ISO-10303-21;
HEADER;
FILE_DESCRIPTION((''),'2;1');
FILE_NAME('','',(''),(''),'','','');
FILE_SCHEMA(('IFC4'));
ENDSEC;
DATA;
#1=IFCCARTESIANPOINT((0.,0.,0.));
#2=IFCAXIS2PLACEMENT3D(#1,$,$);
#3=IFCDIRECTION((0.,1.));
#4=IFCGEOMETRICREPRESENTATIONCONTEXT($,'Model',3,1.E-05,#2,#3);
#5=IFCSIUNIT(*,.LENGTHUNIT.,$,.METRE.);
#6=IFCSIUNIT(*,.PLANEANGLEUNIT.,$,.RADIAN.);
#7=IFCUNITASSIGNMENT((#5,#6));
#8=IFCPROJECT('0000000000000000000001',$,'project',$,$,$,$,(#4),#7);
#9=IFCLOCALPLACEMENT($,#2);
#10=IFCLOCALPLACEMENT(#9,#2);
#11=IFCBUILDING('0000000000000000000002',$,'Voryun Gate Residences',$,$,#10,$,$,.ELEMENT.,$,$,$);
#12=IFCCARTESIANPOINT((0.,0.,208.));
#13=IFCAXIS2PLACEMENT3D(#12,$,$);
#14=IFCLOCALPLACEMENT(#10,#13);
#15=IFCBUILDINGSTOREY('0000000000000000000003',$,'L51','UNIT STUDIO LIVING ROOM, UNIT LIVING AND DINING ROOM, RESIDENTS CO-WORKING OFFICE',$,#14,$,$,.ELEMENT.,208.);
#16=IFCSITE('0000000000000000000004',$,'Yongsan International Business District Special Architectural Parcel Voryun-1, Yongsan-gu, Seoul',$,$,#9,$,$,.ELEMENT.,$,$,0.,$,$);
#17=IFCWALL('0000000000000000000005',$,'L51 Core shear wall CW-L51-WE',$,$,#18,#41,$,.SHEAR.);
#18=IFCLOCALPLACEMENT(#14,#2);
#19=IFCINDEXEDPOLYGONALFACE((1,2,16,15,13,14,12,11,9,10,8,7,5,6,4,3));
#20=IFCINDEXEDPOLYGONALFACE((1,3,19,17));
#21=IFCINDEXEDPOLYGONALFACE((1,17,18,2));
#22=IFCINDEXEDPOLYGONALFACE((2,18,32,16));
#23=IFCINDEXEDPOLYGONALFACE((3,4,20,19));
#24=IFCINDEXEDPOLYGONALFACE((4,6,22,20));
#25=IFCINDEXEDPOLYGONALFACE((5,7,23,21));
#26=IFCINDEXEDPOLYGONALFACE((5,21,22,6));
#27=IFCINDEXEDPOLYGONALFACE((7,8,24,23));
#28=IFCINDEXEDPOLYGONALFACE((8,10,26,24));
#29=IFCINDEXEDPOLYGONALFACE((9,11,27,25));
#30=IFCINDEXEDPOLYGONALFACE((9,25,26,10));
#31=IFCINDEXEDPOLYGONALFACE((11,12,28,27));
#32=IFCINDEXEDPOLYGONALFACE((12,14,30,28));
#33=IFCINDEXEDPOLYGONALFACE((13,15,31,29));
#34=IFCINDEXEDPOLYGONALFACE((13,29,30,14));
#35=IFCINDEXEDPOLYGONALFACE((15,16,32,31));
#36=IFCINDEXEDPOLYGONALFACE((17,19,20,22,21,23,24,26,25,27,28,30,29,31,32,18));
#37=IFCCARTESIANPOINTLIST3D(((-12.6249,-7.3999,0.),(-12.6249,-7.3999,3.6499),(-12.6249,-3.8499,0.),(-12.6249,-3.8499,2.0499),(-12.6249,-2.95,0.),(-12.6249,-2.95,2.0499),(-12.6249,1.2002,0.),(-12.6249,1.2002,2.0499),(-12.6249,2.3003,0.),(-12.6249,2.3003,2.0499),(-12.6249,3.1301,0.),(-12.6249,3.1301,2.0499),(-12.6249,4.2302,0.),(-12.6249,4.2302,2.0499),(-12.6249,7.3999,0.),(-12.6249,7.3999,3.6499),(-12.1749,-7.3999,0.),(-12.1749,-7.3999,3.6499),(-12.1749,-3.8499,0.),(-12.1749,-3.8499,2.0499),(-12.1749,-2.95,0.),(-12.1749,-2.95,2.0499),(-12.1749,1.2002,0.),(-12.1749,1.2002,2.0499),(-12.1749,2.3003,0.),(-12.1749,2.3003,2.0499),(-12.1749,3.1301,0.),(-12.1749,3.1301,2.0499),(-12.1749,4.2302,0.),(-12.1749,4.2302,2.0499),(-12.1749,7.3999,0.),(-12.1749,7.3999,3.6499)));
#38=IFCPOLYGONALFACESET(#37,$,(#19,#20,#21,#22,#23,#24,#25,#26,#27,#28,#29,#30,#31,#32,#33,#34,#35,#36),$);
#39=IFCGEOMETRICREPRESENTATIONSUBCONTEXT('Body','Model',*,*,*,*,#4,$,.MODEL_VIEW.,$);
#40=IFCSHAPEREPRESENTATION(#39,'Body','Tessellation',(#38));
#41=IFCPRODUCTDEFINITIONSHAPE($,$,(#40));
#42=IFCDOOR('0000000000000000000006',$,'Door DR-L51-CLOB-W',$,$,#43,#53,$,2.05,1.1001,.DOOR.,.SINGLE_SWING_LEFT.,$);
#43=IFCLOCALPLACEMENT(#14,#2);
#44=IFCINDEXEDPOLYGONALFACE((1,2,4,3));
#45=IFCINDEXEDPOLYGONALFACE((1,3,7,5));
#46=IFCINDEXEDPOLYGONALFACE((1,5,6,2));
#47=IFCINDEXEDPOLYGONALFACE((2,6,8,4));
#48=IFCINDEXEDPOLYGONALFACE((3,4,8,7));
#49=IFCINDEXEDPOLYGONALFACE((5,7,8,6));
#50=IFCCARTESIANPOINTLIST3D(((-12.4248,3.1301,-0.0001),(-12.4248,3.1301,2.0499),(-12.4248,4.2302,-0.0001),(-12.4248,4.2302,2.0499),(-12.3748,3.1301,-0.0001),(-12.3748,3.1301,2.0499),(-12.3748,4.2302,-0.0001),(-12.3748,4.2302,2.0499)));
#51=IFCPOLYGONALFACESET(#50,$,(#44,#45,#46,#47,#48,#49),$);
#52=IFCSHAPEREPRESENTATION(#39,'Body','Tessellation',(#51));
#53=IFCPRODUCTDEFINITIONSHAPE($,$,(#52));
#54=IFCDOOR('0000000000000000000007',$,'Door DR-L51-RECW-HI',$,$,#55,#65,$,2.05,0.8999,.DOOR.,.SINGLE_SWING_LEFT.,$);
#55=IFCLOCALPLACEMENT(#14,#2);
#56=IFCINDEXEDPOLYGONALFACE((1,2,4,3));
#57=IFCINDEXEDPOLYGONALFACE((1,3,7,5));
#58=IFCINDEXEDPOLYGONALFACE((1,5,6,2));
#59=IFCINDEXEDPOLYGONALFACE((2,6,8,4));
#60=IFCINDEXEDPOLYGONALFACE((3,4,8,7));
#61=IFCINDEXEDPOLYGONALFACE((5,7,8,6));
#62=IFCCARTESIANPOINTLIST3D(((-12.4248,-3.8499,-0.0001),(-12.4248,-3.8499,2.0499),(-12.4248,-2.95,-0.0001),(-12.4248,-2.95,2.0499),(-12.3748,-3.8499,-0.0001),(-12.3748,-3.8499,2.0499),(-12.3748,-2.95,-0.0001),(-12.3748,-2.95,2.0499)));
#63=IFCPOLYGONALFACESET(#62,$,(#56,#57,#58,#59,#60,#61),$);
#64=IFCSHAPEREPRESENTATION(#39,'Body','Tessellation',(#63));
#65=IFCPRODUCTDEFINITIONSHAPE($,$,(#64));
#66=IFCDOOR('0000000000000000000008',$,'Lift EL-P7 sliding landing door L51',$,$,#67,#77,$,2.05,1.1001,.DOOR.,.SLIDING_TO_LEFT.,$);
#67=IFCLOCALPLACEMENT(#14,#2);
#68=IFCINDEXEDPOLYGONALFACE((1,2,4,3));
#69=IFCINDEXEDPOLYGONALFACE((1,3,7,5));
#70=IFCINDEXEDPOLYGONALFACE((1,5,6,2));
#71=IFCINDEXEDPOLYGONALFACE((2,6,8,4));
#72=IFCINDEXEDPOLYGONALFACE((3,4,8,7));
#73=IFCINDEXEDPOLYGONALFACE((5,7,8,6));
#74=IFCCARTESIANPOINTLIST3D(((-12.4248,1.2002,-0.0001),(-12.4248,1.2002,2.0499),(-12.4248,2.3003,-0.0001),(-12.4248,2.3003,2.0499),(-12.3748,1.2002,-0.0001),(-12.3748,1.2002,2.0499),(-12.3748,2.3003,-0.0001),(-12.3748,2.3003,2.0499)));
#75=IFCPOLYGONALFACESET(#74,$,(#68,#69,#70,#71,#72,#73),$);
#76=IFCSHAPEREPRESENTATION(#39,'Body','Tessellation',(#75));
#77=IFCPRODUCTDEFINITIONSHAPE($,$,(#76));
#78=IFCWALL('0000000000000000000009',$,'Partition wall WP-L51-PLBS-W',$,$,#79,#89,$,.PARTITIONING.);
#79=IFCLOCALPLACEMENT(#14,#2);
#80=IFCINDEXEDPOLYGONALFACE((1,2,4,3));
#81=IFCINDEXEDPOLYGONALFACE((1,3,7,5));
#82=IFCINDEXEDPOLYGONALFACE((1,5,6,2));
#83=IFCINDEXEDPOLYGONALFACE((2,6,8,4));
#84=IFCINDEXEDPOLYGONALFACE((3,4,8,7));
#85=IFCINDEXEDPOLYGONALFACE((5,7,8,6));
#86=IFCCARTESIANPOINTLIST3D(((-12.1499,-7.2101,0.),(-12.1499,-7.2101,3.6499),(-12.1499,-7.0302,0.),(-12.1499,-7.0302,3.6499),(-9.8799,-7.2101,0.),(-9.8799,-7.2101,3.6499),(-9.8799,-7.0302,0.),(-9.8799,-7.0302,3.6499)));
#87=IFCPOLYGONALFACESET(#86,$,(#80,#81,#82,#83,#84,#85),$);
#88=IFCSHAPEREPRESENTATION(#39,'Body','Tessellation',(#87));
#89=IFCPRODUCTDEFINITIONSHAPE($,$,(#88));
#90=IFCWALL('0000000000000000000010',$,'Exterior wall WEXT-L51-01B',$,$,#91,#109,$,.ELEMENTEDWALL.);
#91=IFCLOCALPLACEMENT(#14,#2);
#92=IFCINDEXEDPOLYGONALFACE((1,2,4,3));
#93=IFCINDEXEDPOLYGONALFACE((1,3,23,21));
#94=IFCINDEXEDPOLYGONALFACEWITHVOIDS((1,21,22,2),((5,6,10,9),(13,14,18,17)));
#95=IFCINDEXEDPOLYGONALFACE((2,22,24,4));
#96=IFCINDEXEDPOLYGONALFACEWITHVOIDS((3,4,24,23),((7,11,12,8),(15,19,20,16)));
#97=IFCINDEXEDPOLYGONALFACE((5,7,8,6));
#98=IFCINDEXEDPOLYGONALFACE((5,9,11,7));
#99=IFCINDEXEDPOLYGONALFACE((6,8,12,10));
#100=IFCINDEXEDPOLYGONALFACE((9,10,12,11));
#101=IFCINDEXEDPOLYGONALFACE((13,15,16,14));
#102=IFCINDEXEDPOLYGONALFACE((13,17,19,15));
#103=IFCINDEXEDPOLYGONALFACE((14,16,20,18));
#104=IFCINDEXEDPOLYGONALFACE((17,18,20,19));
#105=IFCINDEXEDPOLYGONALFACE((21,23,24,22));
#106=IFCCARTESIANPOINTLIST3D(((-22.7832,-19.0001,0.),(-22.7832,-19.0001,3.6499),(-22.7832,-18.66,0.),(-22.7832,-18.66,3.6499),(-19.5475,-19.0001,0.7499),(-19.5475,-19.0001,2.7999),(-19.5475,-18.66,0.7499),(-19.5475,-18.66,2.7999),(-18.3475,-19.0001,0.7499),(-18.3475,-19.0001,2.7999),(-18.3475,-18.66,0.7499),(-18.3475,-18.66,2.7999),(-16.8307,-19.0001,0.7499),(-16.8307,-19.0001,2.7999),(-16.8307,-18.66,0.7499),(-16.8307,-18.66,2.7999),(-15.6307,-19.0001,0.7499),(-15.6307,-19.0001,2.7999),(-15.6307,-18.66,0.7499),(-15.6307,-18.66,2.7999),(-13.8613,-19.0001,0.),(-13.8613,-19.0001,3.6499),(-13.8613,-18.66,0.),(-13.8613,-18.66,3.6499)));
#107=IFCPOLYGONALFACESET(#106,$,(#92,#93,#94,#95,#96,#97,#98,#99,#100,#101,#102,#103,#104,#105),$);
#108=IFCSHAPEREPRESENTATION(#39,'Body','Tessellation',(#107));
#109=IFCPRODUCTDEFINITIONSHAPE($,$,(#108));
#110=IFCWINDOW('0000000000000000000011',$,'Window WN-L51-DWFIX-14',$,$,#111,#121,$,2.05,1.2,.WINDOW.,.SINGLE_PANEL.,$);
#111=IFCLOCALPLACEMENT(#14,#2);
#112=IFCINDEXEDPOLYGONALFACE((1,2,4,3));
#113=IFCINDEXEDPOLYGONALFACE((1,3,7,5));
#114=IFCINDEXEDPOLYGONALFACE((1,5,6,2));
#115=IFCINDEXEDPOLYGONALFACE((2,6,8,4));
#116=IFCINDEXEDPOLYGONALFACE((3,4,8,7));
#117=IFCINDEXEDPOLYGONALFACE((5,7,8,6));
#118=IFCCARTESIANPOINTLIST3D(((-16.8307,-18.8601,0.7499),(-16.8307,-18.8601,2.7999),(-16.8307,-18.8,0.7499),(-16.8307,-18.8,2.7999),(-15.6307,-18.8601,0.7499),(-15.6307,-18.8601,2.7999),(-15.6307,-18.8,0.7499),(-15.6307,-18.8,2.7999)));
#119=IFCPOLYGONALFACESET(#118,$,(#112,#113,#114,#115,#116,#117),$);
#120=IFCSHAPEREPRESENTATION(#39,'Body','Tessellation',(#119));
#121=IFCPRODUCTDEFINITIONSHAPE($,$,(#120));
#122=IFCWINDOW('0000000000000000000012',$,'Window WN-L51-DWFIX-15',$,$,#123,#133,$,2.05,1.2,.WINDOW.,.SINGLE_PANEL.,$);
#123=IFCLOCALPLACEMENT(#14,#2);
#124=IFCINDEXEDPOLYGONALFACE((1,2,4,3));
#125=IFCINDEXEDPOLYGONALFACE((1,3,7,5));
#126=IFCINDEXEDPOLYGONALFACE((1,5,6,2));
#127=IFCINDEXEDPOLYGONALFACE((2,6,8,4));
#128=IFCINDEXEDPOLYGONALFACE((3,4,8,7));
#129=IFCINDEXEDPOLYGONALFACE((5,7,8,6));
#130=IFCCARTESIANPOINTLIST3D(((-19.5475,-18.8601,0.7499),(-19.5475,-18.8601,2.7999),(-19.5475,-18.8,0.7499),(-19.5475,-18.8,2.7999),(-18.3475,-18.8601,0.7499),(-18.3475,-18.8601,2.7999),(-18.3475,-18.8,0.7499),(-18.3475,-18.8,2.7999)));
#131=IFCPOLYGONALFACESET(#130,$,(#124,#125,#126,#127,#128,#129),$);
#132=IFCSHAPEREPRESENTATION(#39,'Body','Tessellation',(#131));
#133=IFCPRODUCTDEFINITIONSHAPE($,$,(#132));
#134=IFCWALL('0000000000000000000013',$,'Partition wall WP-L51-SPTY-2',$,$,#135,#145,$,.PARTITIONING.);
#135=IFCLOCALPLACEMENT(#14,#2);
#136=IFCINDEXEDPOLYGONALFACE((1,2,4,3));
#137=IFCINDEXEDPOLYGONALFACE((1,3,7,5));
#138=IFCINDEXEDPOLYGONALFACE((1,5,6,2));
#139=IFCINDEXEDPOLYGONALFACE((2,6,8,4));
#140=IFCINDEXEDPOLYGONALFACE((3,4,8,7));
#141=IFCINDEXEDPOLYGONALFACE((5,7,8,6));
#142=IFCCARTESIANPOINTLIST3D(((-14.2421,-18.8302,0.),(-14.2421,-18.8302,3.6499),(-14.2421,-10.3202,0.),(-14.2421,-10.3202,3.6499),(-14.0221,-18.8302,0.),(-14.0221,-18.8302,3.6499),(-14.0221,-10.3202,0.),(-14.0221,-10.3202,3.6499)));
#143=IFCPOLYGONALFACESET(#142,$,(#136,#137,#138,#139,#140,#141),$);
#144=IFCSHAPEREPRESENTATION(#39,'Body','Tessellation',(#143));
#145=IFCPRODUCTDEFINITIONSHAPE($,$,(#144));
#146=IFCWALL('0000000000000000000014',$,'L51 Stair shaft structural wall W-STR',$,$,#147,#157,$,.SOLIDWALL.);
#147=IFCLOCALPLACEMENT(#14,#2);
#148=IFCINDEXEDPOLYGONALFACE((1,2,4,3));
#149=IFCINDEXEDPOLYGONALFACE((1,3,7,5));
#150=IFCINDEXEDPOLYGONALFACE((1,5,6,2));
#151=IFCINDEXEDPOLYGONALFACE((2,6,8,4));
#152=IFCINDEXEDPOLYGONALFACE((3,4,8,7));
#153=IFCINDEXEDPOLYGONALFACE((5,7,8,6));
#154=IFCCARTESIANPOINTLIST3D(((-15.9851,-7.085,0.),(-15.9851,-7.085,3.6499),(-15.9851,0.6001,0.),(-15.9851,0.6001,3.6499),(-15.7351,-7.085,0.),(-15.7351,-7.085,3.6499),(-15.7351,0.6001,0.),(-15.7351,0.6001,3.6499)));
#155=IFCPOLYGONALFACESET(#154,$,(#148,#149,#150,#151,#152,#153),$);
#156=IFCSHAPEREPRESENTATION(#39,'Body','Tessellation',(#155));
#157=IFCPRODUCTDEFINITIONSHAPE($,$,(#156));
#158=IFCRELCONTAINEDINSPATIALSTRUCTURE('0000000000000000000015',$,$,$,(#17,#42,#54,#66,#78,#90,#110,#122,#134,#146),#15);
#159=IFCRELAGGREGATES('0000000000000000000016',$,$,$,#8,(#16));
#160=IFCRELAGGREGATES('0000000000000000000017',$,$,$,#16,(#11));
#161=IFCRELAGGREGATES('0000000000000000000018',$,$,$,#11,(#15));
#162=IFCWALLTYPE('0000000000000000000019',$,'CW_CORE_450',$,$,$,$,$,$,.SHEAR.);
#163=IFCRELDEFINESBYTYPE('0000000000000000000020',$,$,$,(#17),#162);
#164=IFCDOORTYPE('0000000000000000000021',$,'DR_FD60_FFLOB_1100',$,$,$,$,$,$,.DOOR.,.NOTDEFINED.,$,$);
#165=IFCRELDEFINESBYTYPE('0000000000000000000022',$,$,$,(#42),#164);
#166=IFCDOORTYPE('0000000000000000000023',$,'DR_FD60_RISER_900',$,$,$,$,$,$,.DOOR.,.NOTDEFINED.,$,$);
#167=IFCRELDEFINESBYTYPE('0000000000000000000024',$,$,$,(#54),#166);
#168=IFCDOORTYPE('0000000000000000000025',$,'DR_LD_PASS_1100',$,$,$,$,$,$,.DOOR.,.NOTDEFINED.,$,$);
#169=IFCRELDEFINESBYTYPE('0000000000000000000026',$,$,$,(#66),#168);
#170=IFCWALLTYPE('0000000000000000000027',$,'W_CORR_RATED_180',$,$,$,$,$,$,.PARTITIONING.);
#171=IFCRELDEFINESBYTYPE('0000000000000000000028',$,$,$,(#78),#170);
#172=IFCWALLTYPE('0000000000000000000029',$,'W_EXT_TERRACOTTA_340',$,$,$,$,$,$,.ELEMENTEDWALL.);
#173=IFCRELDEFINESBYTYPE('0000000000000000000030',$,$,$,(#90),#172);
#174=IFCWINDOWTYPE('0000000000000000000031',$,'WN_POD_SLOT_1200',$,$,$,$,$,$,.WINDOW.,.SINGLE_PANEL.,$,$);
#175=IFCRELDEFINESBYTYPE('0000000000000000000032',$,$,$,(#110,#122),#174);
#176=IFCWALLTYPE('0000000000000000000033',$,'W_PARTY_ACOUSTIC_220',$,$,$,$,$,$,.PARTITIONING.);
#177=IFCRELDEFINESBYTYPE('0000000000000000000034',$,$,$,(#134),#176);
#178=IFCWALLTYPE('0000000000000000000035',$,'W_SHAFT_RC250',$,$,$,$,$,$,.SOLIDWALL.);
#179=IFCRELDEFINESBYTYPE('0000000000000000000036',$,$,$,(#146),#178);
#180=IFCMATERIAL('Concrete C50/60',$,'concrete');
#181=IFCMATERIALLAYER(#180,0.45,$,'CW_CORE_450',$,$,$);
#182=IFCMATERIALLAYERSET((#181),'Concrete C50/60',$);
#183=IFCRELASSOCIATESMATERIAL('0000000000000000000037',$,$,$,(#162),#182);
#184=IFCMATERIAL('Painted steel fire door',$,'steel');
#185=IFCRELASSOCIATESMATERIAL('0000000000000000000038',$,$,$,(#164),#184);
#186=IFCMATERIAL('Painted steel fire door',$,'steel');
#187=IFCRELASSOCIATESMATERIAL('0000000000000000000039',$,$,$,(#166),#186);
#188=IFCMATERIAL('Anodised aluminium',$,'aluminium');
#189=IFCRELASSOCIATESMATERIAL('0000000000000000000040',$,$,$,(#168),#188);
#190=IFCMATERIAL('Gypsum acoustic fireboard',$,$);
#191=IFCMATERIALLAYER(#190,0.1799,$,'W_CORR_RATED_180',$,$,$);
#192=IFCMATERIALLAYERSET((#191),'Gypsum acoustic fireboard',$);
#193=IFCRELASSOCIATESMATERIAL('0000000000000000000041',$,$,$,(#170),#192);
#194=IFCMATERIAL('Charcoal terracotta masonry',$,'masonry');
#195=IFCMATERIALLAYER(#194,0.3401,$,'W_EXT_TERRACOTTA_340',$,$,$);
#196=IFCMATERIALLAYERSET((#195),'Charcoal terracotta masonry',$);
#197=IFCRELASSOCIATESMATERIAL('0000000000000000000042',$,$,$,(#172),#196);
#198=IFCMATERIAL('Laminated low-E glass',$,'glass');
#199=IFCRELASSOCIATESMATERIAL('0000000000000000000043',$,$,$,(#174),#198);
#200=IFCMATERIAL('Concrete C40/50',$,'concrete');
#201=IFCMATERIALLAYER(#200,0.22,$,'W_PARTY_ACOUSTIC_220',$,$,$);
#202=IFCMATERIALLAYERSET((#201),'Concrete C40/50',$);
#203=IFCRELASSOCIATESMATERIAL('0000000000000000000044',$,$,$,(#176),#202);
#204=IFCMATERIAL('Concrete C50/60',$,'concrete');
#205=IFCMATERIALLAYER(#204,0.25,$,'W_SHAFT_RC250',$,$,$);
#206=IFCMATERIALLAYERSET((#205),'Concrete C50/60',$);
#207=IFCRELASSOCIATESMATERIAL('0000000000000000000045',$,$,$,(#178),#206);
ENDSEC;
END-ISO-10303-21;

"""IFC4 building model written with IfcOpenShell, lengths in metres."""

from ifc_helpers import new_model, si_unit, direction, frame, frame_2d, origin, place, context, subcontext, project, spatial, rectangle, extrude, material, layer, layer_set, type_object, element, fill, save


model = new_model("IFC4")

# Units and contexts
model_context = context("Model", 3, precision=1e-05, world=origin(), true_north=direction((0.0, 1.0)))
body_context = subcontext(model_context, "Body", "Model", "MODEL_VIEW")
ifc_project = project(units=[si_unit("LENGTHUNIT", "METRE"), si_unit("PLANEANGLEUNIT", "RADIAN")], contexts=[model_context])

# Site, building, storey
site_placement = place(None, origin())
site = spatial("IfcSite", under=ifc_project, at=site_placement, Name="Yongsan International Business District Special Architectural Parcel Voryun-1, Yongsan-gu, Seoul", CompositionType="ELEMENT", RefElevation=0.0)
building_placement = place(site_placement, origin())
building = spatial("IfcBuilding", under=site, at=building_placement, Name="Voryun Gate Residences", CompositionType="ELEMENT")
storey_placement = place(building_placement, frame((0.0, 0.0, 208.0)))
storey = spatial("IfcBuildingStorey", under=building, at=storey_placement, Name="L51", Description="UNIT STUDIO LIVING ROOM, UNIT LIVING AND DINING ROOM, RESIDENTS CO-WORKING OFFICE", CompositionType="ELEMENT", Elevation=208.0)

# Wall, openings, doors
ifc_material_1 = material(Name="Concrete C50/60", Category="concrete")
ifc_layer_1 = layer(ifc_material_1, 0.45, Name="CW_CORE_450")
ifc_layer_set_1 = layer_set([ifc_layer_1], Name="Concrete C50/60")
wall_type_1 = type_object("IfcWallType", Name="CW_CORE_450", PredefinedType="SHEAR", material=ifc_layer_set_1)
wall_1_placement = place(storey_placement, frame((-12.3999, -7.3999, 0.0), z_axis=(0.0, 0.0, 1.0), x_axis=(0.0, 1.0, 0.0)))
wall_1 = element("IfcWall", 1, at=wall_1_placement, inside=storey, type_object=wall_type_1, Name="L51 Core shear wall CW-L51-WE", PredefinedType="SHEAR", context=body_context, shape_type="SweptSolid", body=[
    extrude(rectangle(XDim=14.7998, YDim=0.45, at=frame_2d((7.3999, 0.0))), origin(), (0.0, 0.0, 1.0), 3.6499),
])
opening_1_placement = place(wall_1_placement, frame((8.6001, 0.0, 0.0)))
opening_1 = element("IfcOpeningElement", 2, at=opening_1_placement, cuts=wall_1, PredefinedType="OPENING", context=body_context, shape_type="SweptSolid", body=[
    extrude(rectangle(XDim=1.1001, YDim=2.05, at=frame_2d((0.55, 1.0249))), frame((0.0, 0.2351, 0.0), z_axis=(0.0, -1.0, 0.0), x_axis=(1.0, 0.0, 0.0)), (0.0, 0.0, 1.0), 0.47),
])
opening_2_placement = place(wall_1_placement, frame((10.53, 0.0, 0.0)))
opening_2 = element("IfcOpeningElement", 3, at=opening_2_placement, cuts=wall_1, PredefinedType="OPENING", context=body_context, shape_type="SweptSolid", body=[
    extrude(rectangle(XDim=1.1001, YDim=2.05, at=frame_2d((0.55, 1.0249))), frame((0.0, 0.2351, 0.0), z_axis=(0.0, -1.0, 0.0), x_axis=(1.0, 0.0, 0.0)), (0.0, 0.0, 1.0), 0.47),
])
opening_3_placement = place(wall_1_placement, frame((3.55, 0.0, 0.0)))
opening_3 = element("IfcOpeningElement", 4, at=opening_3_placement, cuts=wall_1, PredefinedType="OPENING", context=body_context, shape_type="SweptSolid", body=[
    extrude(rectangle(XDim=0.8999, YDim=2.05, at=frame_2d((0.45, 1.0249))), frame((0.0, 0.2351, 0.0), z_axis=(0.0, -1.0, 0.0), x_axis=(1.0, 0.0, 0.0)), (0.0, 0.0, 1.0), 0.47),
])
ifc_material_2 = material(Name="Painted steel fire door", Category="steel")
door_type_1 = type_object("IfcDoorType", Name="DR_FD60_FFLOB_1100", OperationType="NOTDEFINED", PredefinedType="DOOR", material=ifc_material_2)
door_1_placement = place(opening_2_placement, origin())
door_1 = element("IfcDoor", 5, at=door_1_placement, inside=storey, type_object=door_type_1, Name="Door DR-L51-CLOB-W", OperationType="SINGLE_SWING_LEFT", OverallHeight=2.05, OverallWidth=1.1001, PredefinedType="DOOR", context=body_context, shape_type="SweptSolid", body=[
    extrude(rectangle(XDim=1.1001, YDim=2.05, at=frame_2d((0.55, 1.0249))), frame((0.0, 0.0249, 0.0), z_axis=(0.0, -1.0, 0.0), x_axis=(1.0, 0.0, 0.0)), (0.0, 0.0, 1.0), 0.05),
])
fill(opening_2, door_1)
ifc_material_3 = material(Name="Painted steel fire door", Category="steel")
door_type_2 = type_object("IfcDoorType", Name="DR_FD60_RISER_900", OperationType="NOTDEFINED", PredefinedType="DOOR", material=ifc_material_3)
door_2_placement = place(opening_3_placement, origin())
door_2 = element("IfcDoor", 6, at=door_2_placement, inside=storey, type_object=door_type_2, Name="Door DR-L51-RECW-HI", OperationType="SINGLE_SWING_LEFT", OverallHeight=2.05, OverallWidth=0.8999, PredefinedType="DOOR", context=body_context, shape_type="SweptSolid", body=[
    extrude(rectangle(XDim=0.8999, YDim=2.05, at=frame_2d((0.45, 1.0249))), frame((0.0, 0.0249, 0.0), z_axis=(0.0, -1.0, 0.0), x_axis=(1.0, 0.0, 0.0)), (0.0, 0.0, 1.0), 0.05),
])
fill(opening_3, door_2)
ifc_material_4 = material(Name="Anodised aluminium", Category="aluminium")
door_type_3 = type_object("IfcDoorType", Name="DR_LD_PASS_1100", OperationType="NOTDEFINED", PredefinedType="DOOR", material=ifc_material_4)
door_3_placement = place(opening_1_placement, origin())
door_3 = element("IfcDoor", 7, at=door_3_placement, inside=storey, type_object=door_type_3, Name="Lift EL-P7 sliding landing door L51", OperationType="SLIDING_TO_LEFT", OverallHeight=2.05, OverallWidth=1.1001, PredefinedType="DOOR", context=body_context, shape_type="SweptSolid", body=[
    extrude(rectangle(XDim=1.1001, YDim=2.05, at=frame_2d((0.55, 1.0249))), frame((0.0, 0.0249, 0.0), z_axis=(0.0, -1.0, 0.0), x_axis=(1.0, 0.0, 0.0)), (0.0, 0.0, 1.0), 0.05),
])
fill(opening_1, door_3)

# Wall
ifc_material_5 = material(Name="Gypsum acoustic fireboard")
ifc_layer_2 = layer(ifc_material_5, 0.1799, Name="W_CORR_RATED_180")
ifc_layer_set_2 = layer_set([ifc_layer_2], Name="Gypsum acoustic fireboard")
wall_type_2 = type_object("IfcWallType", Name="W_CORR_RATED_180", PredefinedType="PARTITIONING", material=ifc_layer_set_2)
wall_2_placement = place(storey_placement, frame((-12.1499, -7.1201, 0.0), z_axis=(0.0, 0.0, 1.0), x_axis=(1.0, 0.0, 0.0)))
element("IfcWall", 8, at=wall_2_placement, inside=storey, type_object=wall_type_2, Name="Partition wall WP-L51-PLBS-W", PredefinedType="PARTITIONING", context=body_context, shape_type="SweptSolid", body=[
    extrude(rectangle(XDim=2.27, YDim=0.1799, at=frame_2d((1.135, 0.0))), origin(), (0.0, 0.0, 1.0), 3.6499),
])

# Wall, openings, windows
ifc_material_6 = material(Name="Charcoal terracotta masonry", Category="masonry")
ifc_layer_3 = layer(ifc_material_6, 0.3401, Name="W_EXT_TERRACOTTA_340")
ifc_layer_set_3 = layer_set([ifc_layer_3], Name="Charcoal terracotta masonry")
wall_type_3 = type_object("IfcWallType", Name="W_EXT_TERRACOTTA_340", PredefinedType="ELEMENTEDWALL", material=ifc_layer_set_3)
wall_3_placement = place(storey_placement, frame((-13.8613, -18.8301, 0.0), z_axis=(0.0, 0.0, 1.0), x_axis=(-1.0, 0.0, 0.0)))
wall_3 = element("IfcWall", 9, at=wall_3_placement, inside=storey, type_object=wall_type_3, Name="Exterior wall WEXT-L51-01B", PredefinedType="ELEMENTEDWALL", context=body_context, shape_type="SweptSolid", body=[
    extrude(rectangle(XDim=8.9219, YDim=0.3401, at=frame_2d((4.4609, 0.0))), origin(), (0.0, 0.0, 1.0), 3.6499),
])
opening_4_placement = place(wall_3_placement, frame((1.7693, 0.0, 0.75)))
opening_4 = element("IfcOpeningElement", 10, at=opening_4_placement, cuts=wall_3, PredefinedType="OPENING", context=body_context, shape_type="SweptSolid", body=[
    extrude(rectangle(XDim=1.2, YDim=2.05, at=frame_2d((0.6001, 1.0249))), frame((0.0, 0.1799, 0.0), z_axis=(0.0, -1.0, 0.0), x_axis=(1.0, 0.0, 0.0)), (0.0, 0.0, 1.0), 0.3601),
])
opening_5_placement = place(wall_3_placement, frame((4.4861, 0.0, 0.75)))
opening_5 = element("IfcOpeningElement", 11, at=opening_5_placement, cuts=wall_3, PredefinedType="OPENING", context=body_context, shape_type="SweptSolid", body=[
    extrude(rectangle(XDim=1.2, YDim=2.05, at=frame_2d((0.6001, 1.0249))), frame((0.0, 0.1799, 0.0), z_axis=(0.0, -1.0, 0.0), x_axis=(1.0, 0.0, 0.0)), (0.0, 0.0, 1.0), 0.3601),
])
ifc_material_7 = material(Name="Laminated low-E glass", Category="glass")
window_type = type_object("IfcWindowType", Name="WN_POD_SLOT_1200", PartitioningType="SINGLE_PANEL", PredefinedType="WINDOW", material=ifc_material_7)
window_1_placement = place(opening_4_placement, origin())
window_1 = element("IfcWindow", 12, at=window_1_placement, inside=storey, type_object=window_type, Name="Window WN-L51-DWFIX-14", OverallHeight=2.05, OverallWidth=1.2, PartitioningType="SINGLE_PANEL", PredefinedType="WINDOW", context=body_context, shape_type="SweptSolid", body=[
    extrude(rectangle(XDim=1.2, YDim=2.05, at=frame_2d((0.6001, 1.0249))), frame((0.0, 0.03, 0.0), z_axis=(0.0, -1.0, 0.0), x_axis=(1.0, 0.0, 0.0)), (0.0, 0.0, 1.0), 0.0601),
])
fill(opening_4, window_1)
window_2_placement = place(opening_5_placement, origin())
window_2 = element("IfcWindow", 13, at=window_2_placement, inside=storey, type_object=window_type, Name="Window WN-L51-DWFIX-15", OverallHeight=2.05, OverallWidth=1.2, PartitioningType="SINGLE_PANEL", PredefinedType="WINDOW", context=body_context, shape_type="SweptSolid", body=[
    extrude(rectangle(XDim=1.2, YDim=2.05, at=frame_2d((0.6001, 1.0249))), frame((0.0, 0.03, 0.0), z_axis=(0.0, -1.0, 0.0), x_axis=(1.0, 0.0, 0.0)), (0.0, 0.0, 1.0), 0.0601),
])
fill(opening_5, window_2)

# Walls
ifc_material_8 = material(Name="Concrete C40/50", Category="concrete")
ifc_layer_4 = layer(ifc_material_8, 0.22, Name="W_PARTY_ACOUSTIC_220")
ifc_layer_set_4 = layer_set([ifc_layer_4], Name="Concrete C40/50")
wall_type_4 = type_object("IfcWallType", Name="W_PARTY_ACOUSTIC_220", PredefinedType="PARTITIONING", material=ifc_layer_set_4)
wall_4_placement = place(storey_placement, frame((-14.1321, -18.8301, 0.0), z_axis=(0.0, 0.0, 1.0), x_axis=(0.0, 1.0, 0.0)))
element("IfcWall", 14, at=wall_4_placement, inside=storey, type_object=wall_type_4, Name="Partition wall WP-L51-SPTY-2", PredefinedType="PARTITIONING", context=body_context, shape_type="SweptSolid", body=[
    extrude(rectangle(XDim=8.51, YDim=0.22, at=frame_2d((4.2549, 0.0))), origin(), (0.0, 0.0, 1.0), 3.6499),
])
ifc_material_9 = material(Name="Concrete C50/60", Category="concrete")
ifc_layer_5 = layer(ifc_material_9, 0.25, Name="W_SHAFT_RC250")
ifc_layer_set_5 = layer_set([ifc_layer_5], Name="Concrete C50/60")
wall_type_5 = type_object("IfcWallType", Name="W_SHAFT_RC250", PredefinedType="SOLIDWALL", material=ifc_layer_set_5)
wall_5_placement = place(storey_placement, frame((-15.8601, -7.085, 0.0), z_axis=(0.0, 0.0, 1.0), x_axis=(0.0, 1.0, 0.0)))
element("IfcWall", 15, at=wall_5_placement, inside=storey, type_object=wall_type_5, Name="L51 Stair shaft structural wall W-STR", PredefinedType="SOLIDWALL", context=body_context, shape_type="SweptSolid", body=[
    extrude(rectangle(XDim=7.6851, YDim=0.25, at=frame_2d((3.8425, 0.0))), origin(), (0.0, 0.0, 1.0), 3.6499),
])

save(model, "model.ifc")
